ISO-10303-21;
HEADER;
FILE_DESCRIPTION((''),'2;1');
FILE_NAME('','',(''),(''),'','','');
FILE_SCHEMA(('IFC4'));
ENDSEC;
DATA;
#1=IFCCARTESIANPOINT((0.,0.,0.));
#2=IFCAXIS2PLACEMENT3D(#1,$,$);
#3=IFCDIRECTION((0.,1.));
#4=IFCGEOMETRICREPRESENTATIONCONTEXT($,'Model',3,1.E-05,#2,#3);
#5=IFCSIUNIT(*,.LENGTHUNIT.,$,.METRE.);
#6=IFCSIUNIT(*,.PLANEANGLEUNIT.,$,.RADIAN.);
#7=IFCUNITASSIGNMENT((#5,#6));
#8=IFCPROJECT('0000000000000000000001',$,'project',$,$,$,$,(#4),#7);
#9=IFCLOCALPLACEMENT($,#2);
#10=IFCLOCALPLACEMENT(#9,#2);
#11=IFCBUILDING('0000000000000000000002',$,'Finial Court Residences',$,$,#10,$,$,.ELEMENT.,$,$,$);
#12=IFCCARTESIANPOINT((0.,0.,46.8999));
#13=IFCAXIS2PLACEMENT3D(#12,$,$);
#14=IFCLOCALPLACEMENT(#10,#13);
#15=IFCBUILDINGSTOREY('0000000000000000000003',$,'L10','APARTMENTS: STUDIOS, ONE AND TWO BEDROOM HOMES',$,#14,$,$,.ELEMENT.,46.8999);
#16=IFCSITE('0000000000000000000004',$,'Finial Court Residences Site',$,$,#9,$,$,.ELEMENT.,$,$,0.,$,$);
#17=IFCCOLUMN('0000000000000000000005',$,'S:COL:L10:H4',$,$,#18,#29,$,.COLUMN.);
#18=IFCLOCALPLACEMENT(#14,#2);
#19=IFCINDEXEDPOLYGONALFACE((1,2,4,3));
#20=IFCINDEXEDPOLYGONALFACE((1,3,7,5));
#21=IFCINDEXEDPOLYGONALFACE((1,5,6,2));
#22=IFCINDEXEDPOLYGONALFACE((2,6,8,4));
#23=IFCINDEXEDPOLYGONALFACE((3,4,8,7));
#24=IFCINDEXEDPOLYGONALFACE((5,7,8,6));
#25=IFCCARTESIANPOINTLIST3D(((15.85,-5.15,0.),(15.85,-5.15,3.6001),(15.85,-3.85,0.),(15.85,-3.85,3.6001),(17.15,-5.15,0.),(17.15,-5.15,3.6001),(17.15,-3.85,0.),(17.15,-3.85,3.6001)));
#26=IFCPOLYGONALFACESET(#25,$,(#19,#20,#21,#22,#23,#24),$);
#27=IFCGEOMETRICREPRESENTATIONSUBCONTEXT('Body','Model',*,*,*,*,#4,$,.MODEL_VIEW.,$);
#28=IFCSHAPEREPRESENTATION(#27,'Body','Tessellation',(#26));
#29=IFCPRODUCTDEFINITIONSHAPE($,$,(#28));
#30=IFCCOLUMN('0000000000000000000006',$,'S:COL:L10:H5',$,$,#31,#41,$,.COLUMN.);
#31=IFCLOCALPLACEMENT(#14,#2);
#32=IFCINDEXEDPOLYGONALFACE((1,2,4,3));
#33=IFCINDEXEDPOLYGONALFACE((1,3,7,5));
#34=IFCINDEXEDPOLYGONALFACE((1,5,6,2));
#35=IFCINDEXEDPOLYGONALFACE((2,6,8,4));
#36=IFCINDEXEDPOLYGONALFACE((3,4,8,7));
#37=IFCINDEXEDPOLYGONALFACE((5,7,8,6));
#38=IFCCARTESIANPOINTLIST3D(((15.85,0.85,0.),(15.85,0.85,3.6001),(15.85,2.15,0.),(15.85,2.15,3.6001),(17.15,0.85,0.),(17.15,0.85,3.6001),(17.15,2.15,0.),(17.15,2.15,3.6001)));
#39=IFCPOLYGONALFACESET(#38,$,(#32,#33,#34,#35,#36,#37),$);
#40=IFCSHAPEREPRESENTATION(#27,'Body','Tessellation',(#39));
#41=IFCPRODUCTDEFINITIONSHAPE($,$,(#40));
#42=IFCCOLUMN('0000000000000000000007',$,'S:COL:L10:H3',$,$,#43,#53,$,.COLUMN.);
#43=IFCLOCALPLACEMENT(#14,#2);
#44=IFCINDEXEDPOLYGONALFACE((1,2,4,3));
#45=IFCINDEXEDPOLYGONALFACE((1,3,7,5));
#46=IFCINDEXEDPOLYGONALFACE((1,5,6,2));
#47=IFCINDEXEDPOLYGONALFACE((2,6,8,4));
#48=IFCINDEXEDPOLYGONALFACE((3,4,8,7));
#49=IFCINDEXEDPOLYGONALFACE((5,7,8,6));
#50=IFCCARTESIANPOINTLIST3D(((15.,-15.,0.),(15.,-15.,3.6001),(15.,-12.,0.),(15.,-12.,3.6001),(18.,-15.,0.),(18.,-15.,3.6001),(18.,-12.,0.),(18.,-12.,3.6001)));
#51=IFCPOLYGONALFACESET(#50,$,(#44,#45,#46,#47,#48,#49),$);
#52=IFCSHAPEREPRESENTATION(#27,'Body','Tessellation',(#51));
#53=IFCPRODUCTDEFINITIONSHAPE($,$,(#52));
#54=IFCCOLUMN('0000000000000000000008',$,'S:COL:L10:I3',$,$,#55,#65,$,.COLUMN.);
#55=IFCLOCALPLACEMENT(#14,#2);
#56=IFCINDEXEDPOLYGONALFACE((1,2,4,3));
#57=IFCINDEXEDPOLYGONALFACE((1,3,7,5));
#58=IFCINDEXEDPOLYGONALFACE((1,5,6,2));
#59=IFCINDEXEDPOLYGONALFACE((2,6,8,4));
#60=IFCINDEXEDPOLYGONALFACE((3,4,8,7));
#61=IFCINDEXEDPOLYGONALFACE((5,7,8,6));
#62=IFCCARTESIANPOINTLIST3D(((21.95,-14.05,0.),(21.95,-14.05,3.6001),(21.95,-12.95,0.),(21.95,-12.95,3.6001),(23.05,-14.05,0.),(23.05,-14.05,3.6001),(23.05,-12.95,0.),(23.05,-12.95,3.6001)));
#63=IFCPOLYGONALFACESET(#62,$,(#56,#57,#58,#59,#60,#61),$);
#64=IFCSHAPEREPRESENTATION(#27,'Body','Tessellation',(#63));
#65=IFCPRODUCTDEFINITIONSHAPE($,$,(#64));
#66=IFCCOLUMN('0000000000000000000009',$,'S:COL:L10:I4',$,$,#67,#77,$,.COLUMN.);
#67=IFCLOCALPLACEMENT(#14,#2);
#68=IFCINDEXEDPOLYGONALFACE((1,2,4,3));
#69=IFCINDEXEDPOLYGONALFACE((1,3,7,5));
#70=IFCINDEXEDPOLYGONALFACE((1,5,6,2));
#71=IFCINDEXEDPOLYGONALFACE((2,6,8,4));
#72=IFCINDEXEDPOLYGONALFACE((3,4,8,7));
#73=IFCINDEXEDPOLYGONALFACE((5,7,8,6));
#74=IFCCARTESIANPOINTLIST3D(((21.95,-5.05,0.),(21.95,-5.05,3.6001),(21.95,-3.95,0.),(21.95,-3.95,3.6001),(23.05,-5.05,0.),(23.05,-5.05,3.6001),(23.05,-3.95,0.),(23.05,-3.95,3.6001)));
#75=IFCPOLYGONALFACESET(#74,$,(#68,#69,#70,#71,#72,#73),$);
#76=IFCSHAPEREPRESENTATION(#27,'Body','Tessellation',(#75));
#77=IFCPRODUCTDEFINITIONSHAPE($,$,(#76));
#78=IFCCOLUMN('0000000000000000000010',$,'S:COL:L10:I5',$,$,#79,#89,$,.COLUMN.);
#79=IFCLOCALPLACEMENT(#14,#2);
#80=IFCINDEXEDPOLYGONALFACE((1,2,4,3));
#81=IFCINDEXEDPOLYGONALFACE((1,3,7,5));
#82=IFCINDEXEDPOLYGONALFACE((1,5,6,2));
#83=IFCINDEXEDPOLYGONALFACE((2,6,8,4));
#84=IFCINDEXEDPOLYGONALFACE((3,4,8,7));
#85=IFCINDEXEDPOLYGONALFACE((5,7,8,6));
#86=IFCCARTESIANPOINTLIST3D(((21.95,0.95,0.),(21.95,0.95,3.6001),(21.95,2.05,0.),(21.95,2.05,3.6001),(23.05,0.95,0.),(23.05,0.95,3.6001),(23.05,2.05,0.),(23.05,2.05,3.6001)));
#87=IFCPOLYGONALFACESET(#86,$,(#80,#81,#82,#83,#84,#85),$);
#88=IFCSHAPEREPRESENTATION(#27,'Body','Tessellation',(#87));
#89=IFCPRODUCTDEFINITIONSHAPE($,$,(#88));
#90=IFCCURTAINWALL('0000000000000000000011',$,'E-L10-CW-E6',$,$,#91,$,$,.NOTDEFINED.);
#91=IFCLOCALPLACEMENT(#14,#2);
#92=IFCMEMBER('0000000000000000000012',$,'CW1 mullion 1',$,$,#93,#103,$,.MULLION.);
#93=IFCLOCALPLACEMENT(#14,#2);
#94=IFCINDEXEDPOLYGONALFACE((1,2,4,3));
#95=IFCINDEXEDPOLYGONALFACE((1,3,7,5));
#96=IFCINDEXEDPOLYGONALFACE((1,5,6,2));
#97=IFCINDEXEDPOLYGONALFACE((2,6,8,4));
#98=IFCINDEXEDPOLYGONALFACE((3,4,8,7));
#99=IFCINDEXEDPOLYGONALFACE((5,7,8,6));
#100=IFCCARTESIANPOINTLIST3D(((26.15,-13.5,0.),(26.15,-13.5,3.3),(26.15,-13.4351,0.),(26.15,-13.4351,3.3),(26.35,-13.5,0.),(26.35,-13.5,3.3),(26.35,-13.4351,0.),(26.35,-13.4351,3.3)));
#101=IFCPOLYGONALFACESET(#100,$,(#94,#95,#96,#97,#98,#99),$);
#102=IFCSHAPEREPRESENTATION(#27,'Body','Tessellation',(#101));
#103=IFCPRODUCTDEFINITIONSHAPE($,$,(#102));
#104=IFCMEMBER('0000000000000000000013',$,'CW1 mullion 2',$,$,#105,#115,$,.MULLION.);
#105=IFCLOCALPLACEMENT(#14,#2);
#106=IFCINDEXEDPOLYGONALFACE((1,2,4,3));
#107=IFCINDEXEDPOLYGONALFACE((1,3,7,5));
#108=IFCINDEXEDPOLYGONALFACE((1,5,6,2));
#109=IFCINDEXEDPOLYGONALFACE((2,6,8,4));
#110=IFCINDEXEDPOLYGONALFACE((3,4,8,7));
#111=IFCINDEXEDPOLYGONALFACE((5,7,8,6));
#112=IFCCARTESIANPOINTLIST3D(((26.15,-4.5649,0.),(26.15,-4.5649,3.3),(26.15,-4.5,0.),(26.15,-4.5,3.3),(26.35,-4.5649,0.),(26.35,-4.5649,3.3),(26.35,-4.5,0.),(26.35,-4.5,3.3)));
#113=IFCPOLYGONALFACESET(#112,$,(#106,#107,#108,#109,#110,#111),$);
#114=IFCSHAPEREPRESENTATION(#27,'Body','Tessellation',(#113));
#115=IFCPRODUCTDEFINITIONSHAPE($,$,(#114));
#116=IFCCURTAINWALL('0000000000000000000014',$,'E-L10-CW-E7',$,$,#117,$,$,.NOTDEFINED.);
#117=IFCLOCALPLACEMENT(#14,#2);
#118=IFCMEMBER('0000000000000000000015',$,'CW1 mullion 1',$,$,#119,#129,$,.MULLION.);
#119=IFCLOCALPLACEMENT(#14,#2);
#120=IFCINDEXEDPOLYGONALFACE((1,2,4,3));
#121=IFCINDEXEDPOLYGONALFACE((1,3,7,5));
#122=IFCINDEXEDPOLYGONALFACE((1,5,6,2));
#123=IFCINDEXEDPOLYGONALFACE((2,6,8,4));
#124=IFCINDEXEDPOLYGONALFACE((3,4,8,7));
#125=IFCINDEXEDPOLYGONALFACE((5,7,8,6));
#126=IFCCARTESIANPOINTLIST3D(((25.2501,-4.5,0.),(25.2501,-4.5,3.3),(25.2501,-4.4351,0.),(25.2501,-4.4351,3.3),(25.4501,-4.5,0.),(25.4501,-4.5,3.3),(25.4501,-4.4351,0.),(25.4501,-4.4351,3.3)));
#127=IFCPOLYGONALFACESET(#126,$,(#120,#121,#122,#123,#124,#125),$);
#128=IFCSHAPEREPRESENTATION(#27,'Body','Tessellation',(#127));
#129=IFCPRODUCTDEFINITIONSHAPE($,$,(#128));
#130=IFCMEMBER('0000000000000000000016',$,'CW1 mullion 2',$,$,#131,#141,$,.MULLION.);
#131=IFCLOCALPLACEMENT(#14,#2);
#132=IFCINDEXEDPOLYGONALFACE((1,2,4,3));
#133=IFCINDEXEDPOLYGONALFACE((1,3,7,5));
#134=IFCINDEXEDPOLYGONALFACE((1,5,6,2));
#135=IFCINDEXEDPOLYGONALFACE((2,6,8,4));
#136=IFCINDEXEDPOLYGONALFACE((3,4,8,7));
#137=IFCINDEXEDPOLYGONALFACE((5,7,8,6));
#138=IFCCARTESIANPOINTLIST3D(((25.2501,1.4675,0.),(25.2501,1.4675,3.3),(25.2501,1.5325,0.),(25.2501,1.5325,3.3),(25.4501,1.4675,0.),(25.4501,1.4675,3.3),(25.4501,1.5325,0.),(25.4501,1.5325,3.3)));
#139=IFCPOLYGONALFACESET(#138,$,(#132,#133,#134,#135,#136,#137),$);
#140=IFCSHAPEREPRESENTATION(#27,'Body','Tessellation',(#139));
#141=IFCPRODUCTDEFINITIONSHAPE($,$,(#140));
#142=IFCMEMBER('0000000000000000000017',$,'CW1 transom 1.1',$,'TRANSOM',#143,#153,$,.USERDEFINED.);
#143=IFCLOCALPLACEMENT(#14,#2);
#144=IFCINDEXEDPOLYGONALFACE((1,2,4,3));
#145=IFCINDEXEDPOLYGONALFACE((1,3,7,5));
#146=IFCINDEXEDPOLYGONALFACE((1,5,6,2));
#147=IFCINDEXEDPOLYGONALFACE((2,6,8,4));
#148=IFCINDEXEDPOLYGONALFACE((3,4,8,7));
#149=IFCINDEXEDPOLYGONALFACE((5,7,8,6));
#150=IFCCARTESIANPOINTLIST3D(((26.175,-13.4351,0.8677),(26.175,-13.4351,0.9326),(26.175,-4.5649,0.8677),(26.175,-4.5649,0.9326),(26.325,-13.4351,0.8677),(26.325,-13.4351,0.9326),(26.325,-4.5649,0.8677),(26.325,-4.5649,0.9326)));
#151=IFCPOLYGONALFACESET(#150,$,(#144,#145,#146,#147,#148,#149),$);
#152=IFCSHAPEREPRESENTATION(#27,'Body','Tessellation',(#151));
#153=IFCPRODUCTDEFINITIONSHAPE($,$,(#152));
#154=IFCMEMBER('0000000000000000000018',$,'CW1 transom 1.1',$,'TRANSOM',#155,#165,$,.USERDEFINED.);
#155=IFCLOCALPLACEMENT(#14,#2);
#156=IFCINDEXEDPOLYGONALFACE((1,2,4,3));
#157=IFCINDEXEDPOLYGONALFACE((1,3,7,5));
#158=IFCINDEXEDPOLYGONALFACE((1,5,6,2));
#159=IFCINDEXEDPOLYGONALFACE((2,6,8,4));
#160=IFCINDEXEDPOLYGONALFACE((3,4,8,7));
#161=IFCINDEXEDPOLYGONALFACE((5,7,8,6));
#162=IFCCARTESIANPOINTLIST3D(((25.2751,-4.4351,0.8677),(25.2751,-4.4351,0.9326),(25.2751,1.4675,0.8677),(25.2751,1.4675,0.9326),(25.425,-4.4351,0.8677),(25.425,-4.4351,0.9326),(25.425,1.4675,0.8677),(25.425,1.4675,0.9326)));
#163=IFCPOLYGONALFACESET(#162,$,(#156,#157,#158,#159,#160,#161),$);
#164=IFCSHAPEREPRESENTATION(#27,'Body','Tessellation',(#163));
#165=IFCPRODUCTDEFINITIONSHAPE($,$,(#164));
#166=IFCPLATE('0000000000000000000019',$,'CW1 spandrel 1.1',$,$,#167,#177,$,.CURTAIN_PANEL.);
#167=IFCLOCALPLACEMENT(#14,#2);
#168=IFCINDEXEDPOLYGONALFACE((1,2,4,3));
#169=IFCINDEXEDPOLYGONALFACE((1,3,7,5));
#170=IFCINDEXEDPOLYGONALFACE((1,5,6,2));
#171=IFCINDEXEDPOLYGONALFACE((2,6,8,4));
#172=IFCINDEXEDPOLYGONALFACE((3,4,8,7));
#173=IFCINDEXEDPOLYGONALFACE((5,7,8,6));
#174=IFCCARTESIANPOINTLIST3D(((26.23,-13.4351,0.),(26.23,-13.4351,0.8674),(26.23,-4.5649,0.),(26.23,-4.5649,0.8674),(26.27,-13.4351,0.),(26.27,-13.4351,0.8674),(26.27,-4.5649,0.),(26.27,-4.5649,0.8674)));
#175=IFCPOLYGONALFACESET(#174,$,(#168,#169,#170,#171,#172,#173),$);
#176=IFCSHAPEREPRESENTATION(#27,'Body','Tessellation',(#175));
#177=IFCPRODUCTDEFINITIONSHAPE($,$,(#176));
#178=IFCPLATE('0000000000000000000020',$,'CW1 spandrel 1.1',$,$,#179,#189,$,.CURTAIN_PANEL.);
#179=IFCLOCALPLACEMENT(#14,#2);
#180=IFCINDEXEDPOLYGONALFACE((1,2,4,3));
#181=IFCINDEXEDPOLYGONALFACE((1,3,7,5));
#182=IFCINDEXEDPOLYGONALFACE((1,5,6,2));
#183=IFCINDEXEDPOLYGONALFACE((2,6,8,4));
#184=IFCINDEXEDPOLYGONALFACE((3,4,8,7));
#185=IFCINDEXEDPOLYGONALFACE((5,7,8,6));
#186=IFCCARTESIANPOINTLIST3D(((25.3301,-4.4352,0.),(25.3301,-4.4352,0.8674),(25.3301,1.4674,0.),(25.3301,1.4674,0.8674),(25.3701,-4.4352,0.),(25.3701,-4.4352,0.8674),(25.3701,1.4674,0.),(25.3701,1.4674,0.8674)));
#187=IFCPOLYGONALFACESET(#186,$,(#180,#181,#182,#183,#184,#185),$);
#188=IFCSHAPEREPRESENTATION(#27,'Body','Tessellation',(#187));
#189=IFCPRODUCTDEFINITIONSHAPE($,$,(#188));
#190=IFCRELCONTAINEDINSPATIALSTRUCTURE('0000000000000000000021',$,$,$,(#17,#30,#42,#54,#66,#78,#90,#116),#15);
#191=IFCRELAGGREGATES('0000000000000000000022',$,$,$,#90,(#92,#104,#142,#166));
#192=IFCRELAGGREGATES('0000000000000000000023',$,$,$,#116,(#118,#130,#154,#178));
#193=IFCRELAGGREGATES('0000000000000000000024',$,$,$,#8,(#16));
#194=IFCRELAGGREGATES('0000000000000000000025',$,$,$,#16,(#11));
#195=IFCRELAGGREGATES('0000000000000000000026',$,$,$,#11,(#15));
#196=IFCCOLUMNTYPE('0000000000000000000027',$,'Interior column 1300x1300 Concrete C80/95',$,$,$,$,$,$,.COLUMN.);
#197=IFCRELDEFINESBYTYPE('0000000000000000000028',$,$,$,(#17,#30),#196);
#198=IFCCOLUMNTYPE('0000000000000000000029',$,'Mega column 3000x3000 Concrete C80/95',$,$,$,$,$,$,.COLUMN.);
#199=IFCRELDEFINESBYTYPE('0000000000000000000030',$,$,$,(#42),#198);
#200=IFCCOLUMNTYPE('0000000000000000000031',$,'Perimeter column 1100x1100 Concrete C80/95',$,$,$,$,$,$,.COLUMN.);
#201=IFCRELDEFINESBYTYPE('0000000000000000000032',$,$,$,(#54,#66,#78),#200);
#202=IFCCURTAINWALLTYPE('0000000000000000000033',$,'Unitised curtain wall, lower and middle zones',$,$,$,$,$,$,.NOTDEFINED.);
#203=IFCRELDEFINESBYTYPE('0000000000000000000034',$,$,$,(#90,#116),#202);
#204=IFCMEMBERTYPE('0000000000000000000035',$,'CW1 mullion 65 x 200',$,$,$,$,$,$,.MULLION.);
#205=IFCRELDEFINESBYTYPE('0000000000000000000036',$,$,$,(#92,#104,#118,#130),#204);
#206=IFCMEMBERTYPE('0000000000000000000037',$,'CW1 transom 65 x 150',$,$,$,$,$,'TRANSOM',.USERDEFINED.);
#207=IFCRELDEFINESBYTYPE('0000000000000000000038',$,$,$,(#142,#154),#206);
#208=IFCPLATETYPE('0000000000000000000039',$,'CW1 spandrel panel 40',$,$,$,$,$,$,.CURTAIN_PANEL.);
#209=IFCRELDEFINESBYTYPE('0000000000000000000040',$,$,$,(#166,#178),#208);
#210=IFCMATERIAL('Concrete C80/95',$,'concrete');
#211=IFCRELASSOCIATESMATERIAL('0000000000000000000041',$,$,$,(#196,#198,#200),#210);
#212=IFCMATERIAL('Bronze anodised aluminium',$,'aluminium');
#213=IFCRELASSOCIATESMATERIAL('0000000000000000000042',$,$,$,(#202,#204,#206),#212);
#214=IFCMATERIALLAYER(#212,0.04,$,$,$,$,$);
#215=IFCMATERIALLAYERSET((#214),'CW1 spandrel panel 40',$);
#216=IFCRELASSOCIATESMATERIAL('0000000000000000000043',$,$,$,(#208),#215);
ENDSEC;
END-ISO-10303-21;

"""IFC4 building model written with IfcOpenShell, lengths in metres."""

from ifc_helpers import new_model, si_unit, direction, frame, origin, origin_2d, place, context, subcontext, project, spatial, rectangle, extrude, material, layer, layer_set, material_profile, profile_set, type_object, element, aggregate, save


model = new_model("IFC4")

# Units and contexts
model_context = context("Model", 3, precision=1e-05, world=origin(), true_north=direction((0.0, 1.0)))
body_context = subcontext(model_context, "Body", "Model", "MODEL_VIEW")
ifc_project = project(units=[si_unit("LENGTHUNIT", "METRE"), si_unit("PLANEANGLEUNIT", "RADIAN")], contexts=[model_context])

# Site, building, storey
site_placement = place(None, origin())
site = spatial("IfcSite", under=ifc_project, at=site_placement, Name="Finial Court Residences Site", CompositionType="ELEMENT", RefElevation=0.0)
building_placement = place(site_placement, origin())
building = spatial("IfcBuilding", under=site, at=building_placement, Name="Finial Court Residences", CompositionType="ELEMENT")
storey_placement = place(building_placement, frame((0.0, 0.0, 46.8999)))
storey = spatial("IfcBuildingStorey", under=building, at=storey_placement, Name="L10", Description="APARTMENTS: STUDIOS, ONE AND TWO BEDROOM HOMES", CompositionType="ELEMENT", Elevation=46.8999)

# Columns
ifc_material_1 = material(Name="Concrete C80/95", Category="concrete")
ifc_material_profile_1 = material_profile(ifc_material_1, rectangle(XDim=1.3, YDim=1.3, at=origin_2d()), Name="1300x1300")
ifc_profile_set_1 = profile_set([ifc_material_profile_1], Name="Concrete C80/95")
column_type_1 = type_object("IfcColumnType", Name="Interior column 1300x1300 Concrete C80/95", PredefinedType="COLUMN", material=ifc_profile_set_1)
for number, where, z_axis, x_axis, name in (
    (1, (16.5, -4.5, 0.0), (0.0, 0.0, 1.0), (1.0, 0.0, 0.0), "S:COL:L10:H4"),
    (2, (16.5, 1.5, 0.0), (0.0, 0.0, 1.0), (1.0, 0.0, 0.0), "S:COL:L10:H5"),
):
    element("IfcColumn", number, at=place(storey_placement, frame(where, z_axis=z_axis, x_axis=x_axis)), inside=storey, type_object=column_type_1, Name=name, PredefinedType="COLUMN", context=body_context, shape_type="SweptSolid", body=[
        extrude(rectangle(XDim=1.3, YDim=1.3, at=origin_2d()), origin(), (0.0, 0.0, 1.0), 3.6001),
    ])
ifc_material_profile_2 = material_profile(ifc_material_1, rectangle(XDim=3.0, YDim=3.0, at=origin_2d()), Name="3000x3000")
ifc_profile_set_2 = profile_set([ifc_material_profile_2], Name="Concrete C80/95")
column_type_2 = type_object("IfcColumnType", Name="Mega column 3000x3000 Concrete C80/95", PredefinedType="COLUMN", material=ifc_profile_set_2)
column_placement = place(storey_placement, frame((16.5, -13.5, 0.0), z_axis=(0.0, 0.0, 1.0), x_axis=(1.0, 0.0, 0.0)))
element("IfcColumn", 3, at=column_placement, inside=storey, type_object=column_type_2, Name="S:COL:L10:H3", PredefinedType="COLUMN", context=body_context, shape_type="SweptSolid", body=[
    extrude(rectangle(XDim=3.0, YDim=3.0, at=origin_2d()), origin(), (0.0, 0.0, 1.0), 3.6001),
])
ifc_material_profile_3 = material_profile(ifc_material_1, rectangle(XDim=1.1001, YDim=1.1001, at=origin_2d()), Name="1100x1100")
ifc_profile_set_3 = profile_set([ifc_material_profile_3], Name="Concrete C80/95")
column_type_3 = type_object("IfcColumnType", Name="Perimeter column 1100x1100 Concrete C80/95", PredefinedType="COLUMN", material=ifc_profile_set_3)
for number, where, z_axis, x_axis, name in (
    (4, (22.5, -13.5, 0.0), (0.0, 0.0, 1.0), (1.0, 0.0, 0.0), "S:COL:L10:I3"),
    (5, (22.5, -4.5, 0.0), (0.0, 0.0, 1.0), (1.0, 0.0, 0.0), "S:COL:L10:I4"),
    (6, (22.5, 1.5, 0.0), (0.0, 0.0, 1.0), (1.0, 0.0, 0.0), "S:COL:L10:I5"),
):
    element("IfcColumn", number, at=place(storey_placement, frame(where, z_axis=z_axis, x_axis=x_axis)), inside=storey, type_object=column_type_3, Name=name, PredefinedType="COLUMN", context=body_context, shape_type="SweptSolid", body=[
        extrude(rectangle(XDim=1.1001, YDim=1.1001, at=origin_2d()), origin(), (0.0, 0.0, 1.0), 3.6001),
    ])

# Curtain walls, members
ifc_material_2 = material(Name="Bronze anodised aluminium", Category="aluminium")
curtain_wall_type = type_object("IfcCurtainWallType", Name="Unitised curtain wall, lower and middle zones", PredefinedType="NOTDEFINED", material=ifc_material_2)
curtain_wall_1_placement = place(storey_placement, origin())
curtain_wall_1 = element("IfcCurtainWall", 7, at=curtain_wall_1_placement, inside=storey, type_object=curtain_wall_type, Name="E-L10-CW-E6", PredefinedType="NOTDEFINED")
ifc_material_profile_4 = material_profile(ifc_material_2, rectangle(XDim=0.2, YDim=0.0649, at=origin_2d()), Name="CW1 mullion 65 x 200")
ifc_profile_set_4 = profile_set([ifc_material_profile_4], Name="Bronze anodised aluminium")
member_type_1 = type_object("IfcMemberType", Name="CW1 mullion 65 x 200", PredefinedType="MULLION", material=ifc_profile_set_4)
member_1_placement = place(storey_placement, frame((26.25, -13.4675, 0.0), z_axis=(0.0, 0.0, 1.0), x_axis=(-1.0, 0.0, 0.0)))
member_1 = element("IfcMember", 8, at=member_1_placement, type_object=member_type_1, Name="CW1 mullion 1", PredefinedType="MULLION", context=body_context, shape_type="SweptSolid", body=[
    extrude(rectangle(XDim=0.2, YDim=0.0649, at=origin_2d()), origin(), (0.0, 0.0, 1.0), 3.3),
])
member_2_placement = place(storey_placement, frame((26.25, -4.5325, 0.0), z_axis=(0.0, 0.0, 1.0), x_axis=(-1.0, 0.0, 0.0)))
member_2 = element("IfcMember", 9, at=member_2_placement, type_object=member_type_1, Name="CW1 mullion 2", PredefinedType="MULLION", context=body_context, shape_type="SweptSolid", body=[
    extrude(rectangle(XDim=0.2, YDim=0.0649, at=origin_2d()), origin(), (0.0, 0.0, 1.0), 3.3),
])
curtain_wall_2_placement = place(storey_placement, origin())
curtain_wall_2 = element("IfcCurtainWall", 10, at=curtain_wall_2_placement, inside=storey, type_object=curtain_wall_type, Name="E-L10-CW-E7", PredefinedType="NOTDEFINED")
member_3_placement = place(storey_placement, frame((25.3501, -4.4675, 0.0), z_axis=(0.0, 0.0, 1.0), x_axis=(-1.0, 0.0, 0.0)))
member_3 = element("IfcMember", 11, at=member_3_placement, type_object=member_type_1, Name="CW1 mullion 1", PredefinedType="MULLION", context=body_context, shape_type="SweptSolid", body=[
    extrude(rectangle(XDim=0.2, YDim=0.0649, at=origin_2d()), origin(), (0.0, 0.0, 1.0), 3.3),
])
member_4_placement = place(storey_placement, frame((25.3501, 1.5, 0.0), z_axis=(0.0, 0.0, 1.0), x_axis=(-1.0, 0.0, 0.0)))
member_4 = element("IfcMember", 12, at=member_4_placement, type_object=member_type_1, Name="CW1 mullion 2", PredefinedType="MULLION", context=body_context, shape_type="SweptSolid", body=[
    extrude(rectangle(XDim=0.2, YDim=0.0649, at=origin_2d()), origin(), (0.0, 0.0, 1.0), 3.3),
])

# Members
ifc_material_profile_5 = material_profile(ifc_material_2, rectangle(XDim=0.1499, YDim=0.0649, at=origin_2d()), Name="CW1 transom 65 x 150")
ifc_profile_set_5 = profile_set([ifc_material_profile_5], Name="Bronze anodised aluminium")
member_type_2 = type_object("IfcMemberType", Name="CW1 transom 65 x 150", ElementType="TRANSOM", PredefinedType="USERDEFINED", material=ifc_profile_set_5)
member_5_placement = place(storey_placement, frame((26.25, -13.4351, 0.9001), z_axis=(0.0, 1.0, 0.0), x_axis=(-1.0, 0.0, 0.0)))
member_5 = element("IfcMember", 13, at=member_5_placement, type_object=member_type_2, Name="CW1 transom 1.1", ObjectType="TRANSOM", PredefinedType="USERDEFINED", context=body_context, shape_type="SweptSolid", body=[
    extrude(rectangle(XDim=0.1499, YDim=0.0649, at=origin_2d()), origin(), (0.0, 0.0, 1.0), 8.8701),
])
member_6_placement = place(storey_placement, frame((25.3501, -4.4351, 0.9001), z_axis=(0.0, 1.0, 0.0), x_axis=(-1.0, 0.0, 0.0)))
member_6 = element("IfcMember", 14, at=member_6_placement, type_object=member_type_2, Name="CW1 transom 1.1", ObjectType="TRANSOM", PredefinedType="USERDEFINED", context=body_context, shape_type="SweptSolid", body=[
    extrude(rectangle(XDim=0.1499, YDim=0.0649, at=origin_2d()), origin(), (0.0, 0.0, 1.0), 5.9026),
])

# Plates
ifc_layer_1 = layer(ifc_material_2, 0.04)
ifc_layer_set_1 = layer_set([ifc_layer_1], Name="CW1 spandrel panel 40")
plate_type_1 = type_object("IfcPlateType", Name="CW1 spandrel panel 40", PredefinedType="CURTAIN_PANEL", material=ifc_layer_set_1)
plate_1_placement = place(storey_placement, frame((26.25, -9.0, 0.0), z_axis=(0.0, 0.0, 1.0), x_axis=(0.0, 1.0, 0.0)))
plate_1 = element("IfcPlate", 15, at=plate_1_placement, type_object=plate_type_1, Name="CW1 spandrel 1.1", PredefinedType="CURTAIN_PANEL", context=body_context, shape_type="SweptSolid", body=[
    extrude(rectangle(XDim=8.8701, YDim=0.04, at=origin_2d()), origin(), (0.0, 0.0, 1.0), 0.8674),
])
plate_2_placement = place(storey_placement, frame((25.3501, -1.4839, 0.0), z_axis=(0.0, 0.0, 1.0), x_axis=(0.0, 1.0, 0.0)))
plate_2 = element("IfcPlate", 16, at=plate_2_placement, type_object=plate_type_1, Name="CW1 spandrel 1.1", PredefinedType="CURTAIN_PANEL", context=body_context, shape_type="SweptSolid", body=[
    extrude(rectangle(XDim=5.9026, YDim=0.04, at=origin_2d()), origin(), (0.0, 0.0, 1.0), 0.8674),
])
aggregate(curtain_wall_1, [member_1, member_2, member_5, plate_1])
aggregate(curtain_wall_2, [member_3, member_4, member_6, plate_2])

save(model, "model.ifc")
